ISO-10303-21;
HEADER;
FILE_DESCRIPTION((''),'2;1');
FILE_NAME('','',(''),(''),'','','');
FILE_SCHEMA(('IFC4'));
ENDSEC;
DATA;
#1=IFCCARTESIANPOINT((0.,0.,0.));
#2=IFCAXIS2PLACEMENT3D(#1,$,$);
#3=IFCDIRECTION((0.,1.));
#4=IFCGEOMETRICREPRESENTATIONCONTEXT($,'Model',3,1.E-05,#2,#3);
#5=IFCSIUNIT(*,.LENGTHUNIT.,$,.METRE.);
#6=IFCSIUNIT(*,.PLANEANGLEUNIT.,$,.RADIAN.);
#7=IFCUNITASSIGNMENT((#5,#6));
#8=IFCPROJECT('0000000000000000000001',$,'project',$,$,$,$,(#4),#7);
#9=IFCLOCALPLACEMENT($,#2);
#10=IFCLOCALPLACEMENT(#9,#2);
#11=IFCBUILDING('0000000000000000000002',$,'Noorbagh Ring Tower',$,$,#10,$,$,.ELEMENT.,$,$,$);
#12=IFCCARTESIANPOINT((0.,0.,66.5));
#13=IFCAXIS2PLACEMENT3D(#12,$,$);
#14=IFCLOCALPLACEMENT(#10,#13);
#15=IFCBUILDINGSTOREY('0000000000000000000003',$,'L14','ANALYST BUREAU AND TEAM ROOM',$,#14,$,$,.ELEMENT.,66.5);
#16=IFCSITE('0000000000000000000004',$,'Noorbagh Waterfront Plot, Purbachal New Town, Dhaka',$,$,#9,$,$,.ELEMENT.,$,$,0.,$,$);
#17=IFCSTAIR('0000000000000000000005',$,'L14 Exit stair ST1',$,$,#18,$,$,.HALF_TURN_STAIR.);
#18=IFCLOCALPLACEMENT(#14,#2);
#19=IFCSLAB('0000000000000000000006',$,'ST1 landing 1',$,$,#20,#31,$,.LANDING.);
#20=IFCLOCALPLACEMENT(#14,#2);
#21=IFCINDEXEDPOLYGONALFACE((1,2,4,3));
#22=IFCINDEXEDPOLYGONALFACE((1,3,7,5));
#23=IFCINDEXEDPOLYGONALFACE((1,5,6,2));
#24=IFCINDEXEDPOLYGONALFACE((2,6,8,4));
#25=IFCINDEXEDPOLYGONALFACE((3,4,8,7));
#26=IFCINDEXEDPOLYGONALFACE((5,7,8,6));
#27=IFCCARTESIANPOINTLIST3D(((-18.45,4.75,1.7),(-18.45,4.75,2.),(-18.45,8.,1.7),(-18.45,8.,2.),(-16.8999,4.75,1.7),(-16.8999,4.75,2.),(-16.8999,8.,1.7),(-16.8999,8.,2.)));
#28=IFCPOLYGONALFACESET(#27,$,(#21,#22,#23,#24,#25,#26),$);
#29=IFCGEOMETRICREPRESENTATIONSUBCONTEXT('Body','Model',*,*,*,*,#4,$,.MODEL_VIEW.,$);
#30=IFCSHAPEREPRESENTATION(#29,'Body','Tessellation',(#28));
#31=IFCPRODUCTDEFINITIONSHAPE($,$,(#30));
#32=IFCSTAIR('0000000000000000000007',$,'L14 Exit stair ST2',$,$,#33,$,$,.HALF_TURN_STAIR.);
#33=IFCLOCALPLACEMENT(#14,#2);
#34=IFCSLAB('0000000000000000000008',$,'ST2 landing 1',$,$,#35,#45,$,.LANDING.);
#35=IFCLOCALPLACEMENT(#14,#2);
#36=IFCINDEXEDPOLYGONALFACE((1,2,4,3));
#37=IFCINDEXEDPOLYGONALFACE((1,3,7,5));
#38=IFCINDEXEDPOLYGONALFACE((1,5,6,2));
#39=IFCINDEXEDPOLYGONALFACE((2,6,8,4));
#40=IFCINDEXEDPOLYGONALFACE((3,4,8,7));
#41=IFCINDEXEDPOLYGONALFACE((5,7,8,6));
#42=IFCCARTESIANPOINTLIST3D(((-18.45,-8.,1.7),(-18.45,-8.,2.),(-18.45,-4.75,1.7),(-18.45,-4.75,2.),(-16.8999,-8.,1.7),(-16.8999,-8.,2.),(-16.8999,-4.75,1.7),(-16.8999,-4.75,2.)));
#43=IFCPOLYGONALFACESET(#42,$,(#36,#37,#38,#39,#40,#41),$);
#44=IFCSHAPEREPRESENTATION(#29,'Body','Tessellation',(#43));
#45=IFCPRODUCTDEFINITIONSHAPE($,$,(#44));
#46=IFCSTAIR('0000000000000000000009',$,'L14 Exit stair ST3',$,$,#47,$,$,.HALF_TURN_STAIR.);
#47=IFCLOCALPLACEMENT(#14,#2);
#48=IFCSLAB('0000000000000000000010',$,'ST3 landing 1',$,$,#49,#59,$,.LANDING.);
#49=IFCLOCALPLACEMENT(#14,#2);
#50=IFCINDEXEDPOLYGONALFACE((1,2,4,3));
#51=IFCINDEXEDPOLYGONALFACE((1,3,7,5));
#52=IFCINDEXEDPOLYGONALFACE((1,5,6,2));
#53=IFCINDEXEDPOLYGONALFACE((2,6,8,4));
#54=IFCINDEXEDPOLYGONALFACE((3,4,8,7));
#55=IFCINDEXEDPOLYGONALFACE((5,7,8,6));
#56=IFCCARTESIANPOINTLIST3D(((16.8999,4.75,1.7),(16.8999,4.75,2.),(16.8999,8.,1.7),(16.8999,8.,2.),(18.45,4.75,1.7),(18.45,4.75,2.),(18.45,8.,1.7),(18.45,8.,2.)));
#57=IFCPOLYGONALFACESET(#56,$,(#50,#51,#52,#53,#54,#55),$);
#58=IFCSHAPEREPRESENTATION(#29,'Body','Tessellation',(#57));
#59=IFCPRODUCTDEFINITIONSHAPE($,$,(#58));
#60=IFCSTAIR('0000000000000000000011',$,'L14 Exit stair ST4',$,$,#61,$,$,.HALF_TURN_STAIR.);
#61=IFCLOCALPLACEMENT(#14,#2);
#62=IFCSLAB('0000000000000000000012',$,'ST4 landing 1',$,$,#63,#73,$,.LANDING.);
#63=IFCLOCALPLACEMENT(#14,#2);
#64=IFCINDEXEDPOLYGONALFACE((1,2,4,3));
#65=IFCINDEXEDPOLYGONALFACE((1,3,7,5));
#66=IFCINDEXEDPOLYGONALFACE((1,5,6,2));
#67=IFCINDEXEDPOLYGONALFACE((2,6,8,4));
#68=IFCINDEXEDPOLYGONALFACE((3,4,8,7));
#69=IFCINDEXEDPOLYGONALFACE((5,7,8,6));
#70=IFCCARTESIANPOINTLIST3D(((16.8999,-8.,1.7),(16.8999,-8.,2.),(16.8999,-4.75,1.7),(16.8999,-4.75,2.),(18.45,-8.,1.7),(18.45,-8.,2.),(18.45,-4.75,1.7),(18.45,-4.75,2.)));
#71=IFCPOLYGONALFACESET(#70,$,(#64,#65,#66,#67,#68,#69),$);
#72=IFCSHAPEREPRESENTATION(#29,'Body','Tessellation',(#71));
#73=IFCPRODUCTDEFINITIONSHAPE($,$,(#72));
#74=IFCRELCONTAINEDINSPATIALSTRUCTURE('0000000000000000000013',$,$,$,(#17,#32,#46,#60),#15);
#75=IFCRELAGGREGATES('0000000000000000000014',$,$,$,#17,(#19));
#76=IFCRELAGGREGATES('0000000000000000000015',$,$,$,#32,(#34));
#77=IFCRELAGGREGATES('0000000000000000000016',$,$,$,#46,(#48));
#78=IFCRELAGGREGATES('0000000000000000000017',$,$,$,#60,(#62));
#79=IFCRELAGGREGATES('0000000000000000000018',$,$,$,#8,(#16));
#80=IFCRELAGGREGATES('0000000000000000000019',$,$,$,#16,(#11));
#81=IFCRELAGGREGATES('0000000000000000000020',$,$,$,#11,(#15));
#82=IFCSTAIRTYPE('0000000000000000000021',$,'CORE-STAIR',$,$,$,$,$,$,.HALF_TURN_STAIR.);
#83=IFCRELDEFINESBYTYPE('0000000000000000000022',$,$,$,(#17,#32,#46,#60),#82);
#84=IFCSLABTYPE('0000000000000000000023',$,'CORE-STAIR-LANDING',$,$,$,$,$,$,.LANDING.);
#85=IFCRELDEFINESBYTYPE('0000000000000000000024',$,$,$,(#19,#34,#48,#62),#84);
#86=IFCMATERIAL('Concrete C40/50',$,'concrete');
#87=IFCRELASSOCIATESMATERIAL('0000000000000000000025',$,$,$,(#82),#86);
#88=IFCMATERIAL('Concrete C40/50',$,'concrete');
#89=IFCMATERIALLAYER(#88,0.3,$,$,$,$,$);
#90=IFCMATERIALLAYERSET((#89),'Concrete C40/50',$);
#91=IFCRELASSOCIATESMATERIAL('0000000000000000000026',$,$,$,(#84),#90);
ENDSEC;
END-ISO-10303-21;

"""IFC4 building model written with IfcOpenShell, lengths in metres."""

from ifc_helpers import new_model, si_unit, direction, frame, origin, place, context, subcontext, project, spatial, polyline, outline, extrude, material, layer, layer_set, type_object, element, aggregate, save


model = new_model("IFC4")

# Units and contexts
model_context = context("Model", 3, precision=1e-05, world=origin(), true_north=direction((0.0, 1.0)))
body_context = subcontext(model_context, "Body", "Model", "MODEL_VIEW")
ifc_project = project(units=[si_unit("LENGTHUNIT", "METRE"), si_unit("PLANEANGLEUNIT", "RADIAN")], contexts=[model_context])

# Site, building, storey
site_placement = place(None, origin())
site = spatial("IfcSite", under=ifc_project, at=site_placement, Name="Noorbagh Waterfront Plot, Purbachal New Town, Dhaka", CompositionType="ELEMENT", RefElevation=0.0)
building_placement = place(site_placement, origin())
building = spatial("IfcBuilding", under=site, at=building_placement, Name="Noorbagh Ring Tower", CompositionType="ELEMENT")
storey_placement = place(building_placement, frame((0.0, 0.0, 66.5)))
storey = spatial("IfcBuildingStorey", under=building, at=storey_placement, Name="L14", Description="ANALYST BUREAU AND TEAM ROOM", CompositionType="ELEMENT", Elevation=66.5)

# Stairs, slabs
ifc_material_1 = material(Name="Concrete C40/50", Category="concrete")
stair_type = type_object("IfcStairType", Name="CORE-STAIR", PredefinedType="HALF_TURN_STAIR", material=ifc_material_1)
stair_1_placement = place(storey_placement, origin())
stair_1 = element("IfcStair", 1, at=stair_1_placement, inside=storey, type_object=stair_type, Name="L14 Exit stair ST1", PredefinedType="HALF_TURN_STAIR")
ifc_material_2 = material(Name="Concrete C40/50", Category="concrete")
ifc_layer_1 = layer(ifc_material_2, 0.3)
ifc_layer_set_1 = layer_set([ifc_layer_1], Name="Concrete C40/50")
slab_type_1 = type_object("IfcSlabType", Name="CORE-STAIR-LANDING", PredefinedType="LANDING", material=ifc_layer_set_1)
slab_1_placement = place(storey_placement, frame((0.0, 0.0, 1.7)))
slab_1 = element("IfcSlab", 2, at=slab_1_placement, type_object=slab_type_1, Name="ST1 landing 1", PredefinedType="LANDING", context=body_context, shape_type="SweptSolid", body=[
    extrude(outline(polyline([(-18.45, 4.75), (-16.8999, 4.75), (-16.8999, 8.0), (-18.45, 8.0), (-18.45, 4.75)])), origin(), (0.0, 0.0, 1.0), 0.3),
])
aggregate(stair_1, [slab_1])
stair_2_placement = place(storey_placement, origin())
stair_2 = element("IfcStair", 3, at=stair_2_placement, inside=storey, type_object=stair_type, Name="L14 Exit stair ST2", PredefinedType="HALF_TURN_STAIR")
slab_2_placement = place(storey_placement, frame((0.0, 0.0, 1.7)))
slab_2 = element("IfcSlab", 4, at=slab_2_placement, type_object=slab_type_1, Name="ST2 landing 1", PredefinedType="LANDING", context=body_context, shape_type="SweptSolid", body=[
    extrude(outline(polyline([(-18.45, -8.0), (-16.8999, -8.0), (-16.8999, -4.75), (-18.45, -4.75), (-18.45, -8.0)])), origin(), (0.0, 0.0, 1.0), 0.3),
])
aggregate(stair_2, [slab_2])
stair_3_placement = place(storey_placement, origin())
stair_3 = element("IfcStair", 5, at=stair_3_placement, inside=storey, type_object=stair_type, Name="L14 Exit stair ST3", PredefinedType="HALF_TURN_STAIR")
slab_3_placement = place(storey_placement, frame((0.0, 0.0, 1.7)))
slab_3 = element("IfcSlab", 6, at=slab_3_placement, type_object=slab_type_1, Name="ST3 landing 1", PredefinedType="LANDING", context=body_context, shape_type="SweptSolid", body=[
    extrude(outline(polyline([(18.45, 8.0), (16.8999, 8.0), (16.8999, 4.75), (18.45, 4.75), (18.45, 8.0)])), origin(), (0.0, 0.0, 1.0), 0.3),
])
aggregate(stair_3, [slab_3])
stair_4_placement = place(storey_placement, origin())
stair_4 = element("IfcStair", 7, at=stair_4_placement, inside=storey, type_object=stair_type, Name="L14 Exit stair ST4", PredefinedType="HALF_TURN_STAIR")
slab_4_placement = place(storey_placement, frame((0.0, 0.0, 1.7)))
slab_4 = element("IfcSlab", 8, at=slab_4_placement, type_object=slab_type_1, Name="ST4 landing 1", PredefinedType="LANDING", context=body_context, shape_type="SweptSolid", body=[
    extrude(outline(polyline([(18.45, -4.75), (16.8999, -4.75), (16.8999, -8.0), (18.45, -8.0), (18.45, -4.75)])), origin(), (0.0, 0.0, 1.0), 0.3),
])
aggregate(stair_4, [slab_4])

save(model, "model.ifc")
